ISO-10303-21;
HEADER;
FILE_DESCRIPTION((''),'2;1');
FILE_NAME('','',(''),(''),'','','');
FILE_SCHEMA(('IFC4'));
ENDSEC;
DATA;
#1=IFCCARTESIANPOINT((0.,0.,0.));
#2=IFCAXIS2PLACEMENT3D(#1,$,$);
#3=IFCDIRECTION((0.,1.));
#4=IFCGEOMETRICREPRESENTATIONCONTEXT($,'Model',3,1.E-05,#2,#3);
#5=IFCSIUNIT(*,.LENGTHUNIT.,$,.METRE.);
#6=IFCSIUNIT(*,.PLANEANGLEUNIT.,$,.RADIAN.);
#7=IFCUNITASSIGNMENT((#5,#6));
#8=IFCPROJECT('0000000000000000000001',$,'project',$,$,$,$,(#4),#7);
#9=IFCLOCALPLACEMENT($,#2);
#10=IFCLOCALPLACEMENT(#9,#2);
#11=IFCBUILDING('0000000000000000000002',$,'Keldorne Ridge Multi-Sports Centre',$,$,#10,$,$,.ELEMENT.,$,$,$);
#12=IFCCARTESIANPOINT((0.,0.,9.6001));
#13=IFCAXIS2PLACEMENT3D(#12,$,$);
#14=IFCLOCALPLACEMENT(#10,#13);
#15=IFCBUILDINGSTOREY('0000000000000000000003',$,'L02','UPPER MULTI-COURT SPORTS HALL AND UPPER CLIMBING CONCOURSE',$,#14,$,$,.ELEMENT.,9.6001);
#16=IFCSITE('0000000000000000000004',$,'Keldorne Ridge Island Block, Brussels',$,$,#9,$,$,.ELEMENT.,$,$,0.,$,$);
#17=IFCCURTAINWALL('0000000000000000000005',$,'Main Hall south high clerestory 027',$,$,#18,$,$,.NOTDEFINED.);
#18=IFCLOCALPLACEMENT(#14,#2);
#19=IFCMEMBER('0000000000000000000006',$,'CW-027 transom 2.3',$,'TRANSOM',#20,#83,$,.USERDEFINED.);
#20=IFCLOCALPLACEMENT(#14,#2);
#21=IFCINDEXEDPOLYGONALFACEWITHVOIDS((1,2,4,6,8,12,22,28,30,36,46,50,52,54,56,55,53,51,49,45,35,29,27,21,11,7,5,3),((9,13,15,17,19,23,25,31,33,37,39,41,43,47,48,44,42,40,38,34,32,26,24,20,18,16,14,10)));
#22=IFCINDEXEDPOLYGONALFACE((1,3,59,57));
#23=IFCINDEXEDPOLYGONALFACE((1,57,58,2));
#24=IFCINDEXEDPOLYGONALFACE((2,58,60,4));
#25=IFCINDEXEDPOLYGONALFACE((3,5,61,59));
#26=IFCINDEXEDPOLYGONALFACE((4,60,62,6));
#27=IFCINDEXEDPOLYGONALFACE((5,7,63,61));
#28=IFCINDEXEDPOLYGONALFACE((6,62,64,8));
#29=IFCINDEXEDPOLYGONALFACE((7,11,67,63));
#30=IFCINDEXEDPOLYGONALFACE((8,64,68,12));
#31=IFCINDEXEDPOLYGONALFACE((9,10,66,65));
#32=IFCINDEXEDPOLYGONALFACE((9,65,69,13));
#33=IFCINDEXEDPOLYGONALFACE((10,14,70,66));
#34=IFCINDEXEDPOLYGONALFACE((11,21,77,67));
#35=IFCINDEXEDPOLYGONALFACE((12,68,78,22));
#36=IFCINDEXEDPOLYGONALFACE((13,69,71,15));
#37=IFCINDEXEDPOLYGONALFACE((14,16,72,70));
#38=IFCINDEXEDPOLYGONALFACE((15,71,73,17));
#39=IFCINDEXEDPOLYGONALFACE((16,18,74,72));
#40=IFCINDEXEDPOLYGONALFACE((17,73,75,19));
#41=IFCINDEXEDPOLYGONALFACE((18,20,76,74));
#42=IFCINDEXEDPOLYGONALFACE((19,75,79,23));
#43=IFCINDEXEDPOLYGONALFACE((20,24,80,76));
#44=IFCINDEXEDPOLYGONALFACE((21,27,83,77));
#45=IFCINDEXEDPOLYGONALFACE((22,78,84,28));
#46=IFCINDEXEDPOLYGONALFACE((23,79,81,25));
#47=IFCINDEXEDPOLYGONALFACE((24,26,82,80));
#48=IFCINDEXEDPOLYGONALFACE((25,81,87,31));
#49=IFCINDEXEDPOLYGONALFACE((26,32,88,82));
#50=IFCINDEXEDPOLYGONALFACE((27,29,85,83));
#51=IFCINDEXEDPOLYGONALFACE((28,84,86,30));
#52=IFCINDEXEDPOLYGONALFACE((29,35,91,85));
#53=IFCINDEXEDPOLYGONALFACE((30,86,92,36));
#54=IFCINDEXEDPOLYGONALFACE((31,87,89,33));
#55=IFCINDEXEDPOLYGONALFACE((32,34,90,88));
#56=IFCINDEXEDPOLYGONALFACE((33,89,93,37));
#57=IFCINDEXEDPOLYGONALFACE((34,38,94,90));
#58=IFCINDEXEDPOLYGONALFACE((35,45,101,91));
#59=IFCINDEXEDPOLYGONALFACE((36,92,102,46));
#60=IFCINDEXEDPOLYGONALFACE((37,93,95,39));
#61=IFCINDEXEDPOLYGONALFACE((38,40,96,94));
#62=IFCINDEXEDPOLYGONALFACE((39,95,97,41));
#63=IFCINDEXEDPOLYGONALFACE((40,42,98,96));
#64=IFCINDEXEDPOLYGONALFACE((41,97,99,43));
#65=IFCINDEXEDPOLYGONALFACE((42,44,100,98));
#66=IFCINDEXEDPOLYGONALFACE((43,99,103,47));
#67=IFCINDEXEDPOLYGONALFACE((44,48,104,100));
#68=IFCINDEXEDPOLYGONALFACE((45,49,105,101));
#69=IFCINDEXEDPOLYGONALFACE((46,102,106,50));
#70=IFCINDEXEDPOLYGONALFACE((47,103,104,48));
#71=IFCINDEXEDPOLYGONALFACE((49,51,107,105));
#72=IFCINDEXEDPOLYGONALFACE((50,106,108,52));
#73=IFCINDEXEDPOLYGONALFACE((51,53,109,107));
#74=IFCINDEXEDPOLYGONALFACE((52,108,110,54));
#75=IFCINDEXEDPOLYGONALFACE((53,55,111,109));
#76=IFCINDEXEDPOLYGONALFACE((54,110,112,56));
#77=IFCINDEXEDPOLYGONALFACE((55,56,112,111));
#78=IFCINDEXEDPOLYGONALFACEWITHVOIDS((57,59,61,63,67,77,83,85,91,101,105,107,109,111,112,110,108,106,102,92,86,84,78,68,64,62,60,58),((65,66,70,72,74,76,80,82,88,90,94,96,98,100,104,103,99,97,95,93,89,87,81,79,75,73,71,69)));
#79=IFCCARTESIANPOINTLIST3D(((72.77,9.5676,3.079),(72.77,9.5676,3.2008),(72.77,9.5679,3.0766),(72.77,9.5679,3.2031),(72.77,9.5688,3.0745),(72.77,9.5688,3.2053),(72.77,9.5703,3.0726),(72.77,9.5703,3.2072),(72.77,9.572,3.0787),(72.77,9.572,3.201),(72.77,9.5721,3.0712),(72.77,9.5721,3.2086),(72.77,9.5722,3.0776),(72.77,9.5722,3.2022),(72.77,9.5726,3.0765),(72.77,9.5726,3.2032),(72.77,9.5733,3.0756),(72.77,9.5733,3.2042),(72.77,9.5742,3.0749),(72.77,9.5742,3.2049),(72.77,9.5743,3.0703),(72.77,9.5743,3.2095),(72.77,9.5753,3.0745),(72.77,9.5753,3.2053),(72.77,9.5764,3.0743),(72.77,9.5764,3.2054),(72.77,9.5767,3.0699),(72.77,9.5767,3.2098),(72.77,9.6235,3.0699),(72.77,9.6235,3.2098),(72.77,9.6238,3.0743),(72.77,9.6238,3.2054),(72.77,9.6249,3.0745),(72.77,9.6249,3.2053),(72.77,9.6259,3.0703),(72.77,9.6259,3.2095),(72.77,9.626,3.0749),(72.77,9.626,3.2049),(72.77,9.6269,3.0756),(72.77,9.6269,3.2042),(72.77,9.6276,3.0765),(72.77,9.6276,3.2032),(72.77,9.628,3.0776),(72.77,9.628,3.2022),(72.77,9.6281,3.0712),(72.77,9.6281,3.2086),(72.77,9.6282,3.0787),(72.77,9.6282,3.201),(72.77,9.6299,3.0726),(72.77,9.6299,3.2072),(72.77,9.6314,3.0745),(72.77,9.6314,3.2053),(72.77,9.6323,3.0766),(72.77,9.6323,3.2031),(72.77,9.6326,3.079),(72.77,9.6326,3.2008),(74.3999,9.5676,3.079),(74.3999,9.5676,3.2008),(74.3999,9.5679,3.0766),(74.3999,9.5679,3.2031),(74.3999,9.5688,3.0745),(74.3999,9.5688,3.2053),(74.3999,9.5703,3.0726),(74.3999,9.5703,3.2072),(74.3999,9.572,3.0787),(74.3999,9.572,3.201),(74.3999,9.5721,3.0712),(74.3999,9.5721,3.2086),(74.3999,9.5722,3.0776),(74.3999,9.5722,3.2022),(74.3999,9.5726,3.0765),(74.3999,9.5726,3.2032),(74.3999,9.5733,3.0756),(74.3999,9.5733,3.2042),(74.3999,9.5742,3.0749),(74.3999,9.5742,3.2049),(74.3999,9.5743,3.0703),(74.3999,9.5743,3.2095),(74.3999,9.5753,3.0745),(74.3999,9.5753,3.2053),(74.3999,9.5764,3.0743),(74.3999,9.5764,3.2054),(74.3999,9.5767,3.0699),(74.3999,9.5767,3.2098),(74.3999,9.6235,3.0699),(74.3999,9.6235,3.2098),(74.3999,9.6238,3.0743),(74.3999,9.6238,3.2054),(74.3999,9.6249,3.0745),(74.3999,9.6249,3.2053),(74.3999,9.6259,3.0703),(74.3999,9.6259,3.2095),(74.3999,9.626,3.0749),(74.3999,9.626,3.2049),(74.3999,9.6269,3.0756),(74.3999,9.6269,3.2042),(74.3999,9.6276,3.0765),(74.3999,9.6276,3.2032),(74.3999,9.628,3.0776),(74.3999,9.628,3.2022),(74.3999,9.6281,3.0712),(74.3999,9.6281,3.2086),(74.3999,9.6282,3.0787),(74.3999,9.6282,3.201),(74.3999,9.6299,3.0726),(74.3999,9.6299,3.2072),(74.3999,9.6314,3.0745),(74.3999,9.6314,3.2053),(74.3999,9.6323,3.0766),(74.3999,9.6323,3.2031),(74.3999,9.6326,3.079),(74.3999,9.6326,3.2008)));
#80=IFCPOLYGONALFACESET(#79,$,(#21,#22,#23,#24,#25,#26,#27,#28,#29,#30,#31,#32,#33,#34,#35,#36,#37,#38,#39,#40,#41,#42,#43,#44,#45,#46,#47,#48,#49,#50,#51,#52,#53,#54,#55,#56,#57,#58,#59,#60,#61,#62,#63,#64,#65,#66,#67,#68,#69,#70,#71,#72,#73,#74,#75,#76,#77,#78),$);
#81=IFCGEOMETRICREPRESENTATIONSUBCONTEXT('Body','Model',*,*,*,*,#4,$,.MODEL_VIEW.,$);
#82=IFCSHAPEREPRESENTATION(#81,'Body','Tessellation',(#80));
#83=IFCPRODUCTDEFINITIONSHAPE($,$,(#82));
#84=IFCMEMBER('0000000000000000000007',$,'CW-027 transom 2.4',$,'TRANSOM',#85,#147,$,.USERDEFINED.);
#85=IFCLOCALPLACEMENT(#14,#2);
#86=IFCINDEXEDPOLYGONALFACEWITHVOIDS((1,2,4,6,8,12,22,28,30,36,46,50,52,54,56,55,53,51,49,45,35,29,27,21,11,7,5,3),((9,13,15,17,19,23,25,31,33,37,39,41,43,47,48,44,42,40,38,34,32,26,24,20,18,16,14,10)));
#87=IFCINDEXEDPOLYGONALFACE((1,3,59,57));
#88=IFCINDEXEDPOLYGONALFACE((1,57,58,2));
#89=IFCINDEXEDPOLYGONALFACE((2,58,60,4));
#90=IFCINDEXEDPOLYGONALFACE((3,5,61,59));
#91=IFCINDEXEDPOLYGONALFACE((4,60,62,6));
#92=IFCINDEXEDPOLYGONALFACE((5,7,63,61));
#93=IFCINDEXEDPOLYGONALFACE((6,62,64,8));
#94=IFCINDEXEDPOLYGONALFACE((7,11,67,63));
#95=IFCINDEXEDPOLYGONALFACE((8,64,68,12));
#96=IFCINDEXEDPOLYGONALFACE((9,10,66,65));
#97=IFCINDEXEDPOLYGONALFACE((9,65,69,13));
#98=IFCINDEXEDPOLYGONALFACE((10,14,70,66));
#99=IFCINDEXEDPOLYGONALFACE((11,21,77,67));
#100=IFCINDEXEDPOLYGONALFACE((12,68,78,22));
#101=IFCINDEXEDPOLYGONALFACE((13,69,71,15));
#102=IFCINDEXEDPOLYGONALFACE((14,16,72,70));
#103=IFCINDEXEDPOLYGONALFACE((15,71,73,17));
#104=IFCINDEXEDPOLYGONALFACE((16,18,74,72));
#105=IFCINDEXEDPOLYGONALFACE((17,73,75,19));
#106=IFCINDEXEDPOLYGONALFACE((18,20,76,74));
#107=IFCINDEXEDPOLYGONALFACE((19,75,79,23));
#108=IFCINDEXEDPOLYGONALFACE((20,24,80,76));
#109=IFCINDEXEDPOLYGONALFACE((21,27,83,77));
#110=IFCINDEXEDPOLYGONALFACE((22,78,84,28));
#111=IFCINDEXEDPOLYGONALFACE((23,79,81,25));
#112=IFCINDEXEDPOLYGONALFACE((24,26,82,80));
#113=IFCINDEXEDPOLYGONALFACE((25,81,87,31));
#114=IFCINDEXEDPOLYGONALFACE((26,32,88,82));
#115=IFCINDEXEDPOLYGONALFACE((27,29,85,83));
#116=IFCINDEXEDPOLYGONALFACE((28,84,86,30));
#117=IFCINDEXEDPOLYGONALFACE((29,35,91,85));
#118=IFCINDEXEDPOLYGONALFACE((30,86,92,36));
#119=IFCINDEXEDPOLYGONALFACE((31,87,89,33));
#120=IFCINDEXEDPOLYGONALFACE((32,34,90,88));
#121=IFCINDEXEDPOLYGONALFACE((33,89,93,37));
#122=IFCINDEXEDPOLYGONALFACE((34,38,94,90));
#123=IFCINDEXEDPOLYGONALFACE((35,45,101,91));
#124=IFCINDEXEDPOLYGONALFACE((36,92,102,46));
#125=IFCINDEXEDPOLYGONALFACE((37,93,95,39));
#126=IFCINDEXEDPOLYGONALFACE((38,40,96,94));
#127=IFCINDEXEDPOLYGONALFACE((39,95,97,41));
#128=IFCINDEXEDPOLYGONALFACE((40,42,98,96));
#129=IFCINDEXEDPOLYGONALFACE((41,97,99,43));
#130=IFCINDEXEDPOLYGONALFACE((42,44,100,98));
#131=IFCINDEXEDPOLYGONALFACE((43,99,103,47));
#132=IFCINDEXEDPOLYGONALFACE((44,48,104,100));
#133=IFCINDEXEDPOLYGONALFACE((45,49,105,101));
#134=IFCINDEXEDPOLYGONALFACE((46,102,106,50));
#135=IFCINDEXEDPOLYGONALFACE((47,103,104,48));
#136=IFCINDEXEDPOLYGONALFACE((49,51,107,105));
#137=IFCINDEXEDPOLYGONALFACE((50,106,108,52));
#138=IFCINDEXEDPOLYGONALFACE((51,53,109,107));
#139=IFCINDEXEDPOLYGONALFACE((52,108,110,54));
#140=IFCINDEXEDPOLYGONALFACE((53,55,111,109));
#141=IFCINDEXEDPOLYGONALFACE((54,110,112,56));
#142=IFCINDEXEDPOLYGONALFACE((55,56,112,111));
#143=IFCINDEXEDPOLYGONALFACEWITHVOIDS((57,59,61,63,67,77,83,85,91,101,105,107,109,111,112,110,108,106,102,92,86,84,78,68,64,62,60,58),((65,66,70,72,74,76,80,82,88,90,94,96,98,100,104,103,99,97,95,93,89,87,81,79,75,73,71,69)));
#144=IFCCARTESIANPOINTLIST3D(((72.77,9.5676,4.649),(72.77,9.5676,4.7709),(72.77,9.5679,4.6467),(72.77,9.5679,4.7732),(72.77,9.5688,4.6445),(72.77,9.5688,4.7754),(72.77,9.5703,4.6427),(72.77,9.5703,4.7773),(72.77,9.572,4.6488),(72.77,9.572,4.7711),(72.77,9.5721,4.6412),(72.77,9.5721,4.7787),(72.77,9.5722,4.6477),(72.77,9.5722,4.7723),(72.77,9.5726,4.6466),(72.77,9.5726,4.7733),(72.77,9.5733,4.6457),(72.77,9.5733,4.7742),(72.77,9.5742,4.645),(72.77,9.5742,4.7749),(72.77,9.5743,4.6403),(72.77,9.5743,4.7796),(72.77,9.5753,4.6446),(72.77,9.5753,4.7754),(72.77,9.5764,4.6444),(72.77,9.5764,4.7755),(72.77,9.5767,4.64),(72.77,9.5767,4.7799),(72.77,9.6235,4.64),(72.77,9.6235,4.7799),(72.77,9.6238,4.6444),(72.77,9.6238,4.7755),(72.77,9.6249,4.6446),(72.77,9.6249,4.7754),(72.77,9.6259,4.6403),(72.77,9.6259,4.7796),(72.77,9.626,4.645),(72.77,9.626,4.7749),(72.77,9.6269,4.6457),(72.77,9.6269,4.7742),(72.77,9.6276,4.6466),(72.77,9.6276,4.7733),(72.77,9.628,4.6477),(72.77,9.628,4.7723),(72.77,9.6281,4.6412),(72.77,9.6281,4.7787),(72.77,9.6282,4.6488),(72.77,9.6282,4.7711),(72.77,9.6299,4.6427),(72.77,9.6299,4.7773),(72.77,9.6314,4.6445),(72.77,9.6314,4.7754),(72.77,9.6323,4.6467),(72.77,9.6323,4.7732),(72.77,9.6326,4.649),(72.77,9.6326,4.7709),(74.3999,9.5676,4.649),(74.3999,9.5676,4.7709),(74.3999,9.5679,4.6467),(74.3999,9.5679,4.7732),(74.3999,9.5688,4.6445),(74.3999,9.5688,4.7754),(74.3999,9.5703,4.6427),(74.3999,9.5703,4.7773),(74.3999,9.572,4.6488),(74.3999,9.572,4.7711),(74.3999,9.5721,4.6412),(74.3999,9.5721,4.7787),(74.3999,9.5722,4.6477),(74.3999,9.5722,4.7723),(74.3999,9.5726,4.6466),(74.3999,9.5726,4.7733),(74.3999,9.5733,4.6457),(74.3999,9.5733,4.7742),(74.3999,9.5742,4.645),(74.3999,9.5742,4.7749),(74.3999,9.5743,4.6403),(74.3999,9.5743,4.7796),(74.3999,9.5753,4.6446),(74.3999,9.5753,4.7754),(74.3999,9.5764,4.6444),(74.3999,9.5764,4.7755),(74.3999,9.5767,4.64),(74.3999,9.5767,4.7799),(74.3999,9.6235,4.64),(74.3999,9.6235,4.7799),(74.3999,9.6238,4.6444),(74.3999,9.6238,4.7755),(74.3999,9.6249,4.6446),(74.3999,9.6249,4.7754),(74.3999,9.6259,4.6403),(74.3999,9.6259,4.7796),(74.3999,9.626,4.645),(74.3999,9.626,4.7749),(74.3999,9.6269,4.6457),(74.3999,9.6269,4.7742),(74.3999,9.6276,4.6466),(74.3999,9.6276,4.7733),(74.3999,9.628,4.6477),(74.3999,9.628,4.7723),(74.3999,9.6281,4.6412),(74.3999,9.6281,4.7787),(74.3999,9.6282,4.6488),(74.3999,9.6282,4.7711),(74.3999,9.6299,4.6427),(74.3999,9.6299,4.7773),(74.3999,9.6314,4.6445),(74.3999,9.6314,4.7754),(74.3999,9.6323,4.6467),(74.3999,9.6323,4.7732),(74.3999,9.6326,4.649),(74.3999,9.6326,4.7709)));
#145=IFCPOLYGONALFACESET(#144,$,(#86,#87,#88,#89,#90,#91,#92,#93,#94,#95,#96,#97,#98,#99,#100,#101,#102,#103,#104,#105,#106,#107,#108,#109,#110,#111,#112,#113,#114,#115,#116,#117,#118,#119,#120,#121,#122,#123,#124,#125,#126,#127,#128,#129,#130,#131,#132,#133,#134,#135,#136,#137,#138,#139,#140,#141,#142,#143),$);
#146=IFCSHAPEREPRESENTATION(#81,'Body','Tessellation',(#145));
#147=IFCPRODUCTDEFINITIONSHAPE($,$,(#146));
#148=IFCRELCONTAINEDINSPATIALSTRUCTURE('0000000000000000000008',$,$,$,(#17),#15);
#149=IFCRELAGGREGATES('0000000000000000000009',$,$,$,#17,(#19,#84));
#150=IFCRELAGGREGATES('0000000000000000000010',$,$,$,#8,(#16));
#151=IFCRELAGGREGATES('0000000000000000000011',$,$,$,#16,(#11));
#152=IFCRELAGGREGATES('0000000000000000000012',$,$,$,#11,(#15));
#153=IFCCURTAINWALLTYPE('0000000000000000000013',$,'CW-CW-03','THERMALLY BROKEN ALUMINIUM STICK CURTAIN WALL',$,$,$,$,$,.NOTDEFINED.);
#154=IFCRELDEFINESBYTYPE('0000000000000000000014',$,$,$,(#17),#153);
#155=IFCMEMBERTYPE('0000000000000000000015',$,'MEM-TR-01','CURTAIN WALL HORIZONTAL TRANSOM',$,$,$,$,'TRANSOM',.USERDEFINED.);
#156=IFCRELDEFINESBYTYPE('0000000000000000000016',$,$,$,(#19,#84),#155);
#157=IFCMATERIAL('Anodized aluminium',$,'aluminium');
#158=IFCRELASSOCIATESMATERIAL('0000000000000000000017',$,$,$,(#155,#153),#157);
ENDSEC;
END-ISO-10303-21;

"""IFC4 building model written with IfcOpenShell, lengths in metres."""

from ifc_helpers import new_model, si_unit, direction, frame, origin, origin_2d, place, context, subcontext, project, spatial, hollow_rectangle, extrude, material, material_profile, profile_set, type_object, element, aggregate, save


model = new_model("IFC4")

# Units and contexts
model_context = context("Model", 3, precision=1e-05, world=origin(), true_north=direction((0.0, 1.0)))
body_context = subcontext(model_context, "Body", "Model", "MODEL_VIEW")
ifc_project = project(units=[si_unit("LENGTHUNIT", "METRE"), si_unit("PLANEANGLEUNIT", "RADIAN")], contexts=[model_context])

# Site, building, storey
site_placement = place(None, origin())
site = spatial("IfcSite", under=ifc_project, at=site_placement, Name="Keldorne Ridge Island Block, Brussels", CompositionType="ELEMENT", RefElevation=0.0)
building_placement = place(site_placement, origin())
building = spatial("IfcBuilding", under=site, at=building_placement, Name="Keldorne Ridge Multi-Sports Centre", CompositionType="ELEMENT")
storey_placement = place(building_placement, frame((0.0, 0.0, 9.6001)))
storey = spatial("IfcBuildingStorey", under=building, at=storey_placement, Name="L02", Description="UPPER MULTI-COURT SPORTS HALL AND UPPER CLIMBING CONCOURSE", CompositionType="ELEMENT", Elevation=9.6001)

# Curtain wall, members
ifc_material_1 = material(Name="Anodized aluminium", Category="aluminium")
ifc_material_profile_1 = material_profile(ifc_material_1, hollow_rectangle(XDim=0.0649, YDim=0.1399, WallThickness=0.0044, InnerFilletRadius=0.0044, OuterFilletRadius=0.009, at=origin_2d()), Name="ALU TRANSOM 140x65x4.5")
ifc_profile_set_1 = profile_set([ifc_material_profile_1], Name="Anodized aluminium")
member_type_1 = type_object("IfcMemberType", Name="MEM-TR-01", Description="CURTAIN WALL HORIZONTAL TRANSOM", ElementType="TRANSOM", PredefinedType="USERDEFINED", material=ifc_profile_set_1)
curtain_wall_type_1 = type_object("IfcCurtainWallType", Name="CW-CW-03", Description="THERMALLY BROKEN ALUMINIUM STICK CURTAIN WALL", PredefinedType="NOTDEFINED", material=ifc_material_1)
curtain_wall_1_placement = place(storey_placement, origin())
curtain_wall_1 = element("IfcCurtainWall", 1, at=curtain_wall_1_placement, inside=storey, type_object=curtain_wall_type_1, Name="Main Hall south high clerestory 027", PredefinedType="NOTDEFINED")
member_1_placement = place(storey_placement, frame((72.77, 9.6001, 3.1399), z_axis=(1.0, 0.0, 0.0), x_axis=(0.0, 1.0, 0.0)))
member_1 = element("IfcMember", 2, at=member_1_placement, type_object=member_type_1, Name="CW-027 transom 2.3", ObjectType="TRANSOM", PredefinedType="USERDEFINED", context=body_context, shape_type="SweptSolid", body=[
    extrude(hollow_rectangle(XDim=0.0649, YDim=0.1399, WallThickness=0.0044, InnerFilletRadius=0.0044, OuterFilletRadius=0.009, at=origin_2d()), origin(), (0.0, 0.0, 1.0), 1.6299),
])
member_2_placement = place(storey_placement, frame((72.77, 9.6001, 4.71), z_axis=(1.0, 0.0, 0.0), x_axis=(0.0, 1.0, 0.0)))
member_2 = element("IfcMember", 3, at=member_2_placement, type_object=member_type_1, Name="CW-027 transom 2.4", ObjectType="TRANSOM", PredefinedType="USERDEFINED", context=body_context, shape_type="SweptSolid", body=[
    extrude(hollow_rectangle(XDim=0.0649, YDim=0.1399, WallThickness=0.0044, InnerFilletRadius=0.0044, OuterFilletRadius=0.009, at=origin_2d()), origin(), (0.0, 0.0, 1.0), 1.6299),
])

aggregate(curtain_wall_1, [member_1, member_2])

save(model, "model.ifc")
